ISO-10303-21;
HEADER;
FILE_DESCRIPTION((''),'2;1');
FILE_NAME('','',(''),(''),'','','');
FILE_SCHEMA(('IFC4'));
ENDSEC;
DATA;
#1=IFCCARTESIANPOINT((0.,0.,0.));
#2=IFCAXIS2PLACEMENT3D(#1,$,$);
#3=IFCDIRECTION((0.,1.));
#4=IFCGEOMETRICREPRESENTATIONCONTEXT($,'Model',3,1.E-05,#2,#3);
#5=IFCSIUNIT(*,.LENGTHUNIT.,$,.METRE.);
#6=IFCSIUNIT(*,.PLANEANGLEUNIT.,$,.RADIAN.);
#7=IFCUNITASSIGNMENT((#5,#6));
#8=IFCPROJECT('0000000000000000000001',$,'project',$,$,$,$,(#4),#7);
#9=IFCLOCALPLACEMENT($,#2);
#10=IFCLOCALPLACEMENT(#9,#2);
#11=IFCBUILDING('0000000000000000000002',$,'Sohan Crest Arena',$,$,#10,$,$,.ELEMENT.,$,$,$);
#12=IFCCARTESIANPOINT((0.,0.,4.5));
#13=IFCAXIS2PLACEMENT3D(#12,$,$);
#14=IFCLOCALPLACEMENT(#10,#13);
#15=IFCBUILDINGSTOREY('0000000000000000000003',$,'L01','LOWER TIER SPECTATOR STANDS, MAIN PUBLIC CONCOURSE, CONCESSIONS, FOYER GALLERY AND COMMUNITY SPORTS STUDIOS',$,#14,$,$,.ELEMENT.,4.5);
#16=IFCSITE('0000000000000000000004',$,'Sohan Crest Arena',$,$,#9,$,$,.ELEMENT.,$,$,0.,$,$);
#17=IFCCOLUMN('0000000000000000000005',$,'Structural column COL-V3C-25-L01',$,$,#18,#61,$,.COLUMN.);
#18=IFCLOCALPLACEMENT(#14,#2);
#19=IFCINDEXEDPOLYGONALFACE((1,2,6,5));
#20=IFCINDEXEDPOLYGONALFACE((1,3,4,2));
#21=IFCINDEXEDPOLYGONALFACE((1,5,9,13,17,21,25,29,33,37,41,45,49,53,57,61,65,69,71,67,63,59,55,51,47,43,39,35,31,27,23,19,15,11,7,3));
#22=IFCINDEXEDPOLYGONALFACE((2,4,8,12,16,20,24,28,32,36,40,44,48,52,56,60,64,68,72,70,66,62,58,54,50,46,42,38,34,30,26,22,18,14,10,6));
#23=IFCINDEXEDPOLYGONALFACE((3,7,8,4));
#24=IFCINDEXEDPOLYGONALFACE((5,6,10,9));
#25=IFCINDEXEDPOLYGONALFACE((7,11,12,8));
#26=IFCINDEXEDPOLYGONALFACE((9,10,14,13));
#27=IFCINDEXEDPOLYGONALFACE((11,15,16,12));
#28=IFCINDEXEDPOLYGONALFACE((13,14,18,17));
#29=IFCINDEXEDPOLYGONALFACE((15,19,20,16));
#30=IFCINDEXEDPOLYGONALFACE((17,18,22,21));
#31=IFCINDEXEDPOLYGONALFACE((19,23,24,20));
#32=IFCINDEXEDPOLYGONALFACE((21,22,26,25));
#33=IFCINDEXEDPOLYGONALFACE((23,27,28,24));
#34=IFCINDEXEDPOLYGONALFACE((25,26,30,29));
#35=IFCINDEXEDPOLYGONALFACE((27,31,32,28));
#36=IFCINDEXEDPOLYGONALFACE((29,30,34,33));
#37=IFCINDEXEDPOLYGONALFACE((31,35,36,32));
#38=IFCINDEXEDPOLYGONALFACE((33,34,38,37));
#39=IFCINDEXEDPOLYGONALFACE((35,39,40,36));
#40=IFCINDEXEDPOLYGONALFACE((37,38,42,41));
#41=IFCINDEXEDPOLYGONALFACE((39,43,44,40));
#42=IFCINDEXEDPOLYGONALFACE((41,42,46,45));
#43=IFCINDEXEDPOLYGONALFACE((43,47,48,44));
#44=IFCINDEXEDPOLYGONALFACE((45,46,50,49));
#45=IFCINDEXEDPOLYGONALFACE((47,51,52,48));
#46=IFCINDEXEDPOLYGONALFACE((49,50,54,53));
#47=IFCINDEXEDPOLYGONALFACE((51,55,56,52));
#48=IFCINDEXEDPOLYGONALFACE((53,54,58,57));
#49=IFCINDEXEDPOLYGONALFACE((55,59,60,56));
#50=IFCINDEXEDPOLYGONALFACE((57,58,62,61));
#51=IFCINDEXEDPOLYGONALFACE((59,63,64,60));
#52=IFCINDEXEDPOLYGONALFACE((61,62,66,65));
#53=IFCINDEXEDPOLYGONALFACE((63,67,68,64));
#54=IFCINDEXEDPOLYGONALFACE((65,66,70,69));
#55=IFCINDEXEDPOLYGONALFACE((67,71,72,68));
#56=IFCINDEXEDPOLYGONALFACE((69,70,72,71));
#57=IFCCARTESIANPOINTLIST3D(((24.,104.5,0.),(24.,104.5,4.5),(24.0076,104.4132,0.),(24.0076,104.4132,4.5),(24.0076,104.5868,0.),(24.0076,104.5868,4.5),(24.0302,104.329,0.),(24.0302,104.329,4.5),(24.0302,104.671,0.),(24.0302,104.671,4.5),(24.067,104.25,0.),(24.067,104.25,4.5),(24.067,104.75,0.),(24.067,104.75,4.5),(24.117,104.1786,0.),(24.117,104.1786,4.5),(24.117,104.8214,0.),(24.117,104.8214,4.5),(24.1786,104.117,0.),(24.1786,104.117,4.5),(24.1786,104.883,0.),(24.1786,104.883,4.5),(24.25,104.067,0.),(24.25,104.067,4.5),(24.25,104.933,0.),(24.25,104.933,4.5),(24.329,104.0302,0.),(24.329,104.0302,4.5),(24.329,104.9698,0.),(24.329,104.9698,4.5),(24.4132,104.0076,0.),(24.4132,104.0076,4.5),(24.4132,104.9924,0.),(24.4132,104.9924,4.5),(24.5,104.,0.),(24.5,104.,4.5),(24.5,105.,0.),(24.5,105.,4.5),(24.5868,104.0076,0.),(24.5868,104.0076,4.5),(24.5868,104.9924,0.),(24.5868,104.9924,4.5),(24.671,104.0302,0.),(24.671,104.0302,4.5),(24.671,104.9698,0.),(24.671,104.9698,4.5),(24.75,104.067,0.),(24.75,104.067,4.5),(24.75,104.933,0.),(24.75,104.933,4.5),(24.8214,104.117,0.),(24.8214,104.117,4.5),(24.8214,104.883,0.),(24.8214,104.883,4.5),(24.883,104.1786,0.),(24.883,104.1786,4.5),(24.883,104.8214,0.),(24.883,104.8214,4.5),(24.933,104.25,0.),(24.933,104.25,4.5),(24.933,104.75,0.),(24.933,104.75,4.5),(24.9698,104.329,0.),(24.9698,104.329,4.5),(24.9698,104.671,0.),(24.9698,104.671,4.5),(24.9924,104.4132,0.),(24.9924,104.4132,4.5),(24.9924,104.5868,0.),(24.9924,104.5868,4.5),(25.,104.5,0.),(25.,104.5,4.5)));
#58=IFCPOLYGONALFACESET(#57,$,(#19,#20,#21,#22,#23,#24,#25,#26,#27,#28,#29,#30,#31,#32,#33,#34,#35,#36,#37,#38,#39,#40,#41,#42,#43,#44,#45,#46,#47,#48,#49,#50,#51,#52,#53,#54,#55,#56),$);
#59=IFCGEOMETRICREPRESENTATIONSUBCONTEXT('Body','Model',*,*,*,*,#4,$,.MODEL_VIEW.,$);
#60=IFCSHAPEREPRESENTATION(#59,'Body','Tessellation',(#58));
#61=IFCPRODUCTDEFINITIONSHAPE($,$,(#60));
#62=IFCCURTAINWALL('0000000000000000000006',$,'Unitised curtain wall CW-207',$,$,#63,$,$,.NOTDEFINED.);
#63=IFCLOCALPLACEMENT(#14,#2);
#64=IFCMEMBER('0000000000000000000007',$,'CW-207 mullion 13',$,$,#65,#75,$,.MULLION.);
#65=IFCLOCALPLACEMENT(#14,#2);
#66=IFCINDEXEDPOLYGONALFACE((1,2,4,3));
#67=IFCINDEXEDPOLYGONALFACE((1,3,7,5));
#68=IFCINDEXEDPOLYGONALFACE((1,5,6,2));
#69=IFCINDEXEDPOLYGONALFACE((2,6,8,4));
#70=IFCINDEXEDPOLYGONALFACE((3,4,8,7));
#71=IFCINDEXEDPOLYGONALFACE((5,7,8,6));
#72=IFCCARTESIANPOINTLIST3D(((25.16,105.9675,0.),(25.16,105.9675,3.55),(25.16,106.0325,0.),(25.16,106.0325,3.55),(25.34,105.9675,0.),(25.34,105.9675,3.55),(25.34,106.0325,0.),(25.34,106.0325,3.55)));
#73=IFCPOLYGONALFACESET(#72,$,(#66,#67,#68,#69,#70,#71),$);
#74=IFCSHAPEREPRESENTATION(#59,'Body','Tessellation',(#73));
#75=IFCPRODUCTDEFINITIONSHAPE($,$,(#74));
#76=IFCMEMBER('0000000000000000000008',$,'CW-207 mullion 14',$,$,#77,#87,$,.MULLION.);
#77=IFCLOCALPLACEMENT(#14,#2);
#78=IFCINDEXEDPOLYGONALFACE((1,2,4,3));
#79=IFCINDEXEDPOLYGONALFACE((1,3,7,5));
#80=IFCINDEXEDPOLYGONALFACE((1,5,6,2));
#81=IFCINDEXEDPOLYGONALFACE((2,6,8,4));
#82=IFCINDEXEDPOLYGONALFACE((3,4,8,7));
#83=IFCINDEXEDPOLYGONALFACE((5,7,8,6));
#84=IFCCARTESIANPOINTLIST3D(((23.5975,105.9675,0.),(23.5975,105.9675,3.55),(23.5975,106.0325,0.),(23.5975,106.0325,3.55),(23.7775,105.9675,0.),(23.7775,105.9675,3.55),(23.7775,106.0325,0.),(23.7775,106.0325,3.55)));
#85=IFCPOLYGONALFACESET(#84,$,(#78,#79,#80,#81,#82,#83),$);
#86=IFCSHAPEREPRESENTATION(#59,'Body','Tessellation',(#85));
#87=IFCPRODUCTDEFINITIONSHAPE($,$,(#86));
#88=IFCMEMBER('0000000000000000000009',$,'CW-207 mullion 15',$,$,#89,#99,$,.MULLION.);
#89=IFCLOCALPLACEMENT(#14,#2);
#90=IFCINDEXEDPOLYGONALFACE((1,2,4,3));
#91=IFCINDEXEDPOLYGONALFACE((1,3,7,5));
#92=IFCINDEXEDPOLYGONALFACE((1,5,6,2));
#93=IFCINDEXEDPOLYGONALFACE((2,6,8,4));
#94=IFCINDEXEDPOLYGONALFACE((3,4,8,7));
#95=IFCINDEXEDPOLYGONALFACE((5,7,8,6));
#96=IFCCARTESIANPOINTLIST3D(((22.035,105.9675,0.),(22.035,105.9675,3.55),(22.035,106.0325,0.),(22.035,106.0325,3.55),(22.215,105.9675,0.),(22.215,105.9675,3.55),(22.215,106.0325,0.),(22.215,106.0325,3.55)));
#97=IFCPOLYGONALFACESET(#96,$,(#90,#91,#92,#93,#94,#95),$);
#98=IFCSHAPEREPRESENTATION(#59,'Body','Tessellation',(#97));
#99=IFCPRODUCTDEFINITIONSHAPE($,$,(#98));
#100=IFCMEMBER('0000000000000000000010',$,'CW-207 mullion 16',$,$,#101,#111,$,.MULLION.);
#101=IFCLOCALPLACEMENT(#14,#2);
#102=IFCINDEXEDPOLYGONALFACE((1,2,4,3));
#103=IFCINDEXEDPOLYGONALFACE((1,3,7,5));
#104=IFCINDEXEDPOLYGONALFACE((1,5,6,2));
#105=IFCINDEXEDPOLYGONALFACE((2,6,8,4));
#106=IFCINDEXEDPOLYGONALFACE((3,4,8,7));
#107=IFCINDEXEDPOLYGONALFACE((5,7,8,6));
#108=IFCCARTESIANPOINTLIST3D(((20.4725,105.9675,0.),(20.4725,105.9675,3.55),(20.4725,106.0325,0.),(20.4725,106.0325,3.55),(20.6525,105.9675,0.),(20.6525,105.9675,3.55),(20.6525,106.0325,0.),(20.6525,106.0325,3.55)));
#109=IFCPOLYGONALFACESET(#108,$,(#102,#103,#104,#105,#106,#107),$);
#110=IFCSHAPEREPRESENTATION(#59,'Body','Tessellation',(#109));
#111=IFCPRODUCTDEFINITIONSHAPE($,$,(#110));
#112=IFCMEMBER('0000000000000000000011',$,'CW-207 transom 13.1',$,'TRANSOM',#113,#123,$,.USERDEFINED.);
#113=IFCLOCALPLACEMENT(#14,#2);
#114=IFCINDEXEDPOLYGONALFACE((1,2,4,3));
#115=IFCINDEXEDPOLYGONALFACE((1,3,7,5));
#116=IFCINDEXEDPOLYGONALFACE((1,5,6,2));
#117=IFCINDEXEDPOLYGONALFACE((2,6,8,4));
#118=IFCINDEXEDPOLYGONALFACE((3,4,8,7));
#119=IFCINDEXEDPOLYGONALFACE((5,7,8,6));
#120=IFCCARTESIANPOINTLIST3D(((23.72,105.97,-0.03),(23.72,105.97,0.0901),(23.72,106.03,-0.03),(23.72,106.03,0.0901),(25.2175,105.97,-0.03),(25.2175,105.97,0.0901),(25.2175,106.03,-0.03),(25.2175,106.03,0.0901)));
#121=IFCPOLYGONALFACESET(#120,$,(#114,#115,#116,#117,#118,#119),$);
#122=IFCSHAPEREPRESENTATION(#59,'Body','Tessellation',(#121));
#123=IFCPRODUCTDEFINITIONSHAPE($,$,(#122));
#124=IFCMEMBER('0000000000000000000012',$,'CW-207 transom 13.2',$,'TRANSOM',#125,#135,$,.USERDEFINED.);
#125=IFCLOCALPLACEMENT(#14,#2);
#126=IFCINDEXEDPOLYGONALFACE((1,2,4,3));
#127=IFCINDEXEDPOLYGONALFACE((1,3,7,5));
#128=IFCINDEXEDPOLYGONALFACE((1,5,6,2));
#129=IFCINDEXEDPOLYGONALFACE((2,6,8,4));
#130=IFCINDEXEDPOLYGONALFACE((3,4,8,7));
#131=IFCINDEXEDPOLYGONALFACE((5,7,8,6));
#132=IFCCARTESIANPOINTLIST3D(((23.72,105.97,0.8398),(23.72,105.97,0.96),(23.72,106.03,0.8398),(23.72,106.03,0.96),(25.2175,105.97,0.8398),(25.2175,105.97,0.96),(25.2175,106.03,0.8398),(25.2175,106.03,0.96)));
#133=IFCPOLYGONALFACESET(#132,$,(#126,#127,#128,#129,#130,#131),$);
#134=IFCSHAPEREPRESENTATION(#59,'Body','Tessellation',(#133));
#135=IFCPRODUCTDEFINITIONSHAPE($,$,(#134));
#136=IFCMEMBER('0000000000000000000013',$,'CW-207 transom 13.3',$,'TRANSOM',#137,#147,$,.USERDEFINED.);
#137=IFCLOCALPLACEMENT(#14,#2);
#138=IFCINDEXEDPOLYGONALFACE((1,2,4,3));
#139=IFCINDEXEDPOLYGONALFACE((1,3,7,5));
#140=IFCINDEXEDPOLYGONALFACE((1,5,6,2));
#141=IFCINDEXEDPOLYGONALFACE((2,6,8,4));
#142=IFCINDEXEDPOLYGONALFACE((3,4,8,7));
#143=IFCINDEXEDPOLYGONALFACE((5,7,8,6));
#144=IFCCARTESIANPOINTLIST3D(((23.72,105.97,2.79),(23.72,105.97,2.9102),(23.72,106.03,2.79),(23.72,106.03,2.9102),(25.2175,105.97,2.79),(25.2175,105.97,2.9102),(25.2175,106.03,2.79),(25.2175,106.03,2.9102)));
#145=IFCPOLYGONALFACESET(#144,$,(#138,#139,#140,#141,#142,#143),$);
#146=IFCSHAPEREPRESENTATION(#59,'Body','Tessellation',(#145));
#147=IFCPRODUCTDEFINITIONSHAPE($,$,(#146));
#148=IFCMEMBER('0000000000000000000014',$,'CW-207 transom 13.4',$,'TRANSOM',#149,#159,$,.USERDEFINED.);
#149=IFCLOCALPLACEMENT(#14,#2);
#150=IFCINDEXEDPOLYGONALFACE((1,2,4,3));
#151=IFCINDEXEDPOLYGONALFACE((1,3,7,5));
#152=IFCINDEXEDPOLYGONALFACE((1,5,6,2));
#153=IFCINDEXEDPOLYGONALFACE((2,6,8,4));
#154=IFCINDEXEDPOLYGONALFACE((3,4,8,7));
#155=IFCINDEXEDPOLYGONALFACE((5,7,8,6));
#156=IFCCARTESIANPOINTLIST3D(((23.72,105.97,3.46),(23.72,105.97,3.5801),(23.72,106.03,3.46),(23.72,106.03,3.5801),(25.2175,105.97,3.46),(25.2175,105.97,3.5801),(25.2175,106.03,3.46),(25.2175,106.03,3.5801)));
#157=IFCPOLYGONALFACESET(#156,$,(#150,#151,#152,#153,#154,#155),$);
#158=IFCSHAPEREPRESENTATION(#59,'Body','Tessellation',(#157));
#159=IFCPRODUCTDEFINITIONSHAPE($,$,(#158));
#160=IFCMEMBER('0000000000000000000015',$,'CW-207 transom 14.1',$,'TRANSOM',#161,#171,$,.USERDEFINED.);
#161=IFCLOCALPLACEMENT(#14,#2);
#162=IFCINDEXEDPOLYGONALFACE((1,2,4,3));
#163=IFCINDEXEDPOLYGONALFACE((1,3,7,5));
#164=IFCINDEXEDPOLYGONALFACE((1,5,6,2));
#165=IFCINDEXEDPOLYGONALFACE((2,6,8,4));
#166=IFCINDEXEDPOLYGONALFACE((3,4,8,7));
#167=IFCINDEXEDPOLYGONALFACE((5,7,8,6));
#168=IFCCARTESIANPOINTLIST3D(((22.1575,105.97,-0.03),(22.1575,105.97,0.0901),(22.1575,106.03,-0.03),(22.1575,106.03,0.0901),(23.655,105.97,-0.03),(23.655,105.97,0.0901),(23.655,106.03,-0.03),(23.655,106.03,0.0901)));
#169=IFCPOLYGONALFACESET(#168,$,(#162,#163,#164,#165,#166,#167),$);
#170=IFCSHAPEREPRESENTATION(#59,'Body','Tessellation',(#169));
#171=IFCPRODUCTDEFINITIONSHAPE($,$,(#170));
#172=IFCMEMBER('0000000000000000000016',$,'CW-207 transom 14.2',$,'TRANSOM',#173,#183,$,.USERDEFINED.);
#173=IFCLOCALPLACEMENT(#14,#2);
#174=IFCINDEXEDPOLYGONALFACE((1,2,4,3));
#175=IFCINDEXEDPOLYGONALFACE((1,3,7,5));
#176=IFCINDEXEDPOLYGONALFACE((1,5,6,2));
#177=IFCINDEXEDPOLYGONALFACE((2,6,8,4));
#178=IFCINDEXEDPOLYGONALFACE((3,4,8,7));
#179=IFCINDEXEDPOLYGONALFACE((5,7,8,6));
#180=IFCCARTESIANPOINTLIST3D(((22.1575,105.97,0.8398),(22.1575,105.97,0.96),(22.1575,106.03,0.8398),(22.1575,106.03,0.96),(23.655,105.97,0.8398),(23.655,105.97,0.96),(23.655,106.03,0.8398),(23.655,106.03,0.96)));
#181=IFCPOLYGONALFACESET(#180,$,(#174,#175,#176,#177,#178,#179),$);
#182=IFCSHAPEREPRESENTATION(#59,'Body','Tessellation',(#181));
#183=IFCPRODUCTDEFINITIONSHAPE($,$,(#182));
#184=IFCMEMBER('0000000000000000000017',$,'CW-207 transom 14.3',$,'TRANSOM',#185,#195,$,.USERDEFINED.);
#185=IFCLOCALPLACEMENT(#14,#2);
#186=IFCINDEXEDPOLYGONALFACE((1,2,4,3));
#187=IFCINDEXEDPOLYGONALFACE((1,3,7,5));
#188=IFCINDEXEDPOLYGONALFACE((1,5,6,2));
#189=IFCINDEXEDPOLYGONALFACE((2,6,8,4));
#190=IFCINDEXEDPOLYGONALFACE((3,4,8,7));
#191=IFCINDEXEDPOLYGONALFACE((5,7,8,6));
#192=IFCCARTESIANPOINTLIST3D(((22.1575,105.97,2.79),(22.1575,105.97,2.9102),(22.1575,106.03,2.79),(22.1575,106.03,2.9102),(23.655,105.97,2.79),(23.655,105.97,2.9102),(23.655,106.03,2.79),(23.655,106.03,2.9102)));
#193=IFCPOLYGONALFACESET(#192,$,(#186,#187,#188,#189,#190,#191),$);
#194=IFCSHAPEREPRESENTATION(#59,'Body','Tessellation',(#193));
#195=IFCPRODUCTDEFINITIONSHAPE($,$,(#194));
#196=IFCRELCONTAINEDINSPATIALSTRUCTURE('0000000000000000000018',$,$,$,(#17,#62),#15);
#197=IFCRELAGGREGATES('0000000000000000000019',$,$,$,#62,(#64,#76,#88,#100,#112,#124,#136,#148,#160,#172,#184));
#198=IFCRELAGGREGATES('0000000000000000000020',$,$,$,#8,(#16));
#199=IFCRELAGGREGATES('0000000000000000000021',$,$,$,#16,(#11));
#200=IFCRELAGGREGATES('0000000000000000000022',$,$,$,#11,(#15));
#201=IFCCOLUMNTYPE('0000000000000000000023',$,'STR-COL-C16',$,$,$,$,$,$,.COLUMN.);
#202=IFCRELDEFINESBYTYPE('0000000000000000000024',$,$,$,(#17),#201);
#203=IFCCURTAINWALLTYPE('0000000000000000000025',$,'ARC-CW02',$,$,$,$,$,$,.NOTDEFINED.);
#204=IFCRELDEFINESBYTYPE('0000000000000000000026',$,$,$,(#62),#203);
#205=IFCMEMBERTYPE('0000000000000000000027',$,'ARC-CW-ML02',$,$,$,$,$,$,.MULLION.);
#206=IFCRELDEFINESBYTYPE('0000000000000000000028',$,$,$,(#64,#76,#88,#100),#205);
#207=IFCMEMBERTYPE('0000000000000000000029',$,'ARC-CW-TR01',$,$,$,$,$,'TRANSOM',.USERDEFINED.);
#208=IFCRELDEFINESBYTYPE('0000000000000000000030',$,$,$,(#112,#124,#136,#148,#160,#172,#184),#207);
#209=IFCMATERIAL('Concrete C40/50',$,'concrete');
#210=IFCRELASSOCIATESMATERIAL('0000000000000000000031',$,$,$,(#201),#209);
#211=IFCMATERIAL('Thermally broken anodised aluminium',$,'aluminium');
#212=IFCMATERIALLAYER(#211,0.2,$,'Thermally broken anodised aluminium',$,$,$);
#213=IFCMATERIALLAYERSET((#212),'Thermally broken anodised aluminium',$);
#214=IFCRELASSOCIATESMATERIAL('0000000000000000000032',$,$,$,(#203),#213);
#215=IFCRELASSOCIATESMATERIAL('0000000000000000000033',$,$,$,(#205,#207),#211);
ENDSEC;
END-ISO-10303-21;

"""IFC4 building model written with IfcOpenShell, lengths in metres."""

from ifc_helpers import new_model, si_unit, direction, frame, origin, origin_2d, place, context, subcontext, project, spatial, rectangle, circle, extrude, material, layer, layer_set, material_profile, profile_set, type_object, element, aggregate, save


model = new_model("IFC4")

# Units and contexts
model_context = context("Model", 3, precision=1e-05, world=origin(), true_north=direction((0.0, 1.0)))
body_context = subcontext(model_context, "Body", "Model", "MODEL_VIEW")
ifc_project = project(units=[si_unit("LENGTHUNIT", "METRE"), si_unit("PLANEANGLEUNIT", "RADIAN")], contexts=[model_context])

# Site, building, storey
site_placement = place(None, origin())
site = spatial("IfcSite", under=ifc_project, at=site_placement, Name="Sohan Crest Arena", CompositionType="ELEMENT", RefElevation=0.0)
building_placement = place(site_placement, origin())
building = spatial("IfcBuilding", under=site, at=building_placement, Name="Sohan Crest Arena", CompositionType="ELEMENT")
storey_placement = place(building_placement, frame((0.0, 0.0, 4.5)))
storey = spatial("IfcBuildingStorey", under=building, at=storey_placement, Name="L01", Description="LOWER TIER SPECTATOR STANDS, MAIN PUBLIC CONCOURSE, CONCESSIONS, FOYER GALLERY AND COMMUNITY SPORTS STUDIOS", CompositionType="ELEMENT", Elevation=4.5)

# Column
ifc_material_1 = material(Name="Concrete C40/50", Category="concrete")
ifc_material_profile_1 = material_profile(ifc_material_1, circle(Radius=0.5, at=origin_2d()), Name="RC D1000")
ifc_profile_set_1 = profile_set([ifc_material_profile_1], Name="Concrete C40/50")
column_type = type_object("IfcColumnType", Name="STR-COL-C16", PredefinedType="COLUMN", material=ifc_profile_set_1)
column_placement = place(storey_placement, frame((24.5, 104.5, 0.0), z_axis=(0.0, 0.0, 1.0), x_axis=(1.0, 0.0, 0.0)))
element("IfcColumn", 1, at=column_placement, inside=storey, type_object=column_type, Name="Structural column COL-V3C-25-L01", PredefinedType="COLUMN", context=body_context, shape_type="SweptSolid", body=[
    extrude(circle(Radius=0.5, at=origin_2d()), origin(), (0.0, 0.0, 1.0), 4.5),
])

# Curtain wall, members
ifc_material_2 = material(Name="Thermally broken anodised aluminium", Category="aluminium")
ifc_layer_1 = layer(ifc_material_2, 0.2, Name="Thermally broken anodised aluminium")
ifc_layer_set_1 = layer_set([ifc_layer_1], Name="Thermally broken anodised aluminium")
curtain_wall_type = type_object("IfcCurtainWallType", Name="ARC-CW02", PredefinedType="NOTDEFINED", material=ifc_layer_set_1)
curtain_wall_placement = place(storey_placement, origin())
curtain_wall = element("IfcCurtainWall", 2, at=curtain_wall_placement, inside=storey, type_object=curtain_wall_type, Name="Unitised curtain wall CW-207", PredefinedType="NOTDEFINED")
ifc_material_profile_2 = material_profile(ifc_material_2, rectangle(XDim=0.0649, YDim=0.1799, at=origin_2d()), Name="ALU-MULL 65x180")
ifc_profile_set_2 = profile_set([ifc_material_profile_2], Name="Thermally broken anodised aluminium")
member_type_1 = type_object("IfcMemberType", Name="ARC-CW-ML02", PredefinedType="MULLION", material=ifc_profile_set_2)
member_1_placement = place(storey_placement, frame((25.25, 106.0, 0.0), z_axis=(0.0, 0.0, 1.0), x_axis=(0.0, -1.0, 0.0)))
member_1 = element("IfcMember", 3, at=member_1_placement, type_object=member_type_1, Name="CW-207 mullion 13", PredefinedType="MULLION", context=body_context, shape_type="SweptSolid", body=[
    extrude(rectangle(XDim=0.0649, YDim=0.1799, at=origin_2d()), origin(), (0.0, 0.0, 1.0), 3.55),
])
member_2_placement = place(storey_placement, frame((23.6875, 106.0, 0.0), z_axis=(0.0, 0.0, 1.0), x_axis=(0.0, -1.0, 0.0)))
member_2 = element("IfcMember", 4, at=member_2_placement, type_object=member_type_1, Name="CW-207 mullion 14", PredefinedType="MULLION", context=body_context, shape_type="SweptSolid", body=[
    extrude(rectangle(XDim=0.0649, YDim=0.1799, at=origin_2d()), origin(), (0.0, 0.0, 1.0), 3.55),
])
member_3_placement = place(storey_placement, frame((22.125, 106.0, 0.0), z_axis=(0.0, 0.0, 1.0), x_axis=(0.0, -1.0, 0.0)))
member_3 = element("IfcMember", 5, at=member_3_placement, type_object=member_type_1, Name="CW-207 mullion 15", PredefinedType="MULLION", context=body_context, shape_type="SweptSolid", body=[
    extrude(rectangle(XDim=0.0649, YDim=0.1799, at=origin_2d()), origin(), (0.0, 0.0, 1.0), 3.55),
])
member_4_placement = place(storey_placement, frame((20.5625, 106.0, 0.0), z_axis=(0.0, 0.0, 1.0), x_axis=(0.0, -1.0, 0.0)))
member_4 = element("IfcMember", 6, at=member_4_placement, type_object=member_type_1, Name="CW-207 mullion 16", PredefinedType="MULLION", context=body_context, shape_type="SweptSolid", body=[
    extrude(rectangle(XDim=0.0649, YDim=0.1799, at=origin_2d()), origin(), (0.0, 0.0, 1.0), 3.55),
])
ifc_material_profile_3 = material_profile(ifc_material_2, rectangle(XDim=0.0601, YDim=0.1201, at=origin_2d()), Name="ALU-TRAN 60x120")
ifc_profile_set_3 = profile_set([ifc_material_profile_3], Name="Thermally broken anodised aluminium")
member_type_2 = type_object("IfcMemberType", Name="ARC-CW-TR01", ElementType="TRANSOM", PredefinedType="USERDEFINED", material=ifc_profile_set_3)
member_5_placement = place(storey_placement, frame((25.2175, 106.0, 0.03), z_axis=(-1.0, 0.0, 0.0), x_axis=(0.0, -1.0, 0.0)))
member_5 = element("IfcMember", 7, at=member_5_placement, type_object=member_type_2, Name="CW-207 transom 13.1", ObjectType="TRANSOM", PredefinedType="USERDEFINED", context=body_context, shape_type="SweptSolid", body=[
    extrude(rectangle(XDim=0.0601, YDim=0.1201, at=origin_2d()), origin(), (0.0, 0.0, 1.0), 1.4976),
])
member_6_placement = place(storey_placement, frame((25.2175, 106.0, 0.8999), z_axis=(-1.0, 0.0, 0.0), x_axis=(0.0, -1.0, 0.0)))
member_6 = element("IfcMember", 8, at=member_6_placement, type_object=member_type_2, Name="CW-207 transom 13.2", ObjectType="TRANSOM", PredefinedType="USERDEFINED", context=body_context, shape_type="SweptSolid", body=[
    extrude(rectangle(XDim=0.0601, YDim=0.1201, at=origin_2d()), origin(), (0.0, 0.0, 1.0), 1.4976),
])
member_7_placement = place(storey_placement, frame((25.2175, 106.0, 2.8501), z_axis=(-1.0, 0.0, 0.0), x_axis=(0.0, -1.0, 0.0)))
member_7 = element("IfcMember", 9, at=member_7_placement, type_object=member_type_2, Name="CW-207 transom 13.3", ObjectType="TRANSOM", PredefinedType="USERDEFINED", context=body_context, shape_type="SweptSolid", body=[
    extrude(rectangle(XDim=0.0601, YDim=0.1201, at=origin_2d()), origin(), (0.0, 0.0, 1.0), 1.4976),
])
member_8_placement = place(storey_placement, frame((25.2175, 106.0, 3.52), z_axis=(-1.0, 0.0, 0.0), x_axis=(0.0, -1.0, 0.0)))
member_8 = element("IfcMember", 10, at=member_8_placement, type_object=member_type_2, Name="CW-207 transom 13.4", ObjectType="TRANSOM", PredefinedType="USERDEFINED", context=body_context, shape_type="SweptSolid", body=[
    extrude(rectangle(XDim=0.0601, YDim=0.1201, at=origin_2d()), origin(), (0.0, 0.0, 1.0), 1.4976),
])
member_9_placement = place(storey_placement, frame((23.655, 106.0, 0.03), z_axis=(-1.0, 0.0, 0.0), x_axis=(0.0, -1.0, 0.0)))
member_9 = element("IfcMember", 11, at=member_9_placement, type_object=member_type_2, Name="CW-207 transom 14.1", ObjectType="TRANSOM", PredefinedType="USERDEFINED", context=body_context, shape_type="SweptSolid", body=[
    extrude(rectangle(XDim=0.0601, YDim=0.1201, at=origin_2d()), origin(), (0.0, 0.0, 1.0), 1.4976),
])
member_10_placement = place(storey_placement, frame((23.655, 106.0, 0.8999), z_axis=(-1.0, 0.0, 0.0), x_axis=(0.0, -1.0, 0.0)))
member_10 = element("IfcMember", 12, at=member_10_placement, type_object=member_type_2, Name="CW-207 transom 14.2", ObjectType="TRANSOM", PredefinedType="USERDEFINED", context=body_context, shape_type="SweptSolid", body=[
    extrude(rectangle(XDim=0.0601, YDim=0.1201, at=origin_2d()), origin(), (0.0, 0.0, 1.0), 1.4976),
])
member_11_placement = place(storey_placement, frame((23.655, 106.0, 2.8501), z_axis=(-1.0, 0.0, 0.0), x_axis=(0.0, -1.0, 0.0)))
member_11 = element("IfcMember", 13, at=member_11_placement, type_object=member_type_2, Name="CW-207 transom 14.3", ObjectType="TRANSOM", PredefinedType="USERDEFINED", context=body_context, shape_type="SweptSolid", body=[
    extrude(rectangle(XDim=0.0601, YDim=0.1201, at=origin_2d()), origin(), (0.0, 0.0, 1.0), 1.4976),
])

aggregate(curtain_wall, [member_1, member_2, member_3, member_4, member_5, member_6, member_7, member_8, member_9, member_10, member_11])

save(model, "model.ifc")
